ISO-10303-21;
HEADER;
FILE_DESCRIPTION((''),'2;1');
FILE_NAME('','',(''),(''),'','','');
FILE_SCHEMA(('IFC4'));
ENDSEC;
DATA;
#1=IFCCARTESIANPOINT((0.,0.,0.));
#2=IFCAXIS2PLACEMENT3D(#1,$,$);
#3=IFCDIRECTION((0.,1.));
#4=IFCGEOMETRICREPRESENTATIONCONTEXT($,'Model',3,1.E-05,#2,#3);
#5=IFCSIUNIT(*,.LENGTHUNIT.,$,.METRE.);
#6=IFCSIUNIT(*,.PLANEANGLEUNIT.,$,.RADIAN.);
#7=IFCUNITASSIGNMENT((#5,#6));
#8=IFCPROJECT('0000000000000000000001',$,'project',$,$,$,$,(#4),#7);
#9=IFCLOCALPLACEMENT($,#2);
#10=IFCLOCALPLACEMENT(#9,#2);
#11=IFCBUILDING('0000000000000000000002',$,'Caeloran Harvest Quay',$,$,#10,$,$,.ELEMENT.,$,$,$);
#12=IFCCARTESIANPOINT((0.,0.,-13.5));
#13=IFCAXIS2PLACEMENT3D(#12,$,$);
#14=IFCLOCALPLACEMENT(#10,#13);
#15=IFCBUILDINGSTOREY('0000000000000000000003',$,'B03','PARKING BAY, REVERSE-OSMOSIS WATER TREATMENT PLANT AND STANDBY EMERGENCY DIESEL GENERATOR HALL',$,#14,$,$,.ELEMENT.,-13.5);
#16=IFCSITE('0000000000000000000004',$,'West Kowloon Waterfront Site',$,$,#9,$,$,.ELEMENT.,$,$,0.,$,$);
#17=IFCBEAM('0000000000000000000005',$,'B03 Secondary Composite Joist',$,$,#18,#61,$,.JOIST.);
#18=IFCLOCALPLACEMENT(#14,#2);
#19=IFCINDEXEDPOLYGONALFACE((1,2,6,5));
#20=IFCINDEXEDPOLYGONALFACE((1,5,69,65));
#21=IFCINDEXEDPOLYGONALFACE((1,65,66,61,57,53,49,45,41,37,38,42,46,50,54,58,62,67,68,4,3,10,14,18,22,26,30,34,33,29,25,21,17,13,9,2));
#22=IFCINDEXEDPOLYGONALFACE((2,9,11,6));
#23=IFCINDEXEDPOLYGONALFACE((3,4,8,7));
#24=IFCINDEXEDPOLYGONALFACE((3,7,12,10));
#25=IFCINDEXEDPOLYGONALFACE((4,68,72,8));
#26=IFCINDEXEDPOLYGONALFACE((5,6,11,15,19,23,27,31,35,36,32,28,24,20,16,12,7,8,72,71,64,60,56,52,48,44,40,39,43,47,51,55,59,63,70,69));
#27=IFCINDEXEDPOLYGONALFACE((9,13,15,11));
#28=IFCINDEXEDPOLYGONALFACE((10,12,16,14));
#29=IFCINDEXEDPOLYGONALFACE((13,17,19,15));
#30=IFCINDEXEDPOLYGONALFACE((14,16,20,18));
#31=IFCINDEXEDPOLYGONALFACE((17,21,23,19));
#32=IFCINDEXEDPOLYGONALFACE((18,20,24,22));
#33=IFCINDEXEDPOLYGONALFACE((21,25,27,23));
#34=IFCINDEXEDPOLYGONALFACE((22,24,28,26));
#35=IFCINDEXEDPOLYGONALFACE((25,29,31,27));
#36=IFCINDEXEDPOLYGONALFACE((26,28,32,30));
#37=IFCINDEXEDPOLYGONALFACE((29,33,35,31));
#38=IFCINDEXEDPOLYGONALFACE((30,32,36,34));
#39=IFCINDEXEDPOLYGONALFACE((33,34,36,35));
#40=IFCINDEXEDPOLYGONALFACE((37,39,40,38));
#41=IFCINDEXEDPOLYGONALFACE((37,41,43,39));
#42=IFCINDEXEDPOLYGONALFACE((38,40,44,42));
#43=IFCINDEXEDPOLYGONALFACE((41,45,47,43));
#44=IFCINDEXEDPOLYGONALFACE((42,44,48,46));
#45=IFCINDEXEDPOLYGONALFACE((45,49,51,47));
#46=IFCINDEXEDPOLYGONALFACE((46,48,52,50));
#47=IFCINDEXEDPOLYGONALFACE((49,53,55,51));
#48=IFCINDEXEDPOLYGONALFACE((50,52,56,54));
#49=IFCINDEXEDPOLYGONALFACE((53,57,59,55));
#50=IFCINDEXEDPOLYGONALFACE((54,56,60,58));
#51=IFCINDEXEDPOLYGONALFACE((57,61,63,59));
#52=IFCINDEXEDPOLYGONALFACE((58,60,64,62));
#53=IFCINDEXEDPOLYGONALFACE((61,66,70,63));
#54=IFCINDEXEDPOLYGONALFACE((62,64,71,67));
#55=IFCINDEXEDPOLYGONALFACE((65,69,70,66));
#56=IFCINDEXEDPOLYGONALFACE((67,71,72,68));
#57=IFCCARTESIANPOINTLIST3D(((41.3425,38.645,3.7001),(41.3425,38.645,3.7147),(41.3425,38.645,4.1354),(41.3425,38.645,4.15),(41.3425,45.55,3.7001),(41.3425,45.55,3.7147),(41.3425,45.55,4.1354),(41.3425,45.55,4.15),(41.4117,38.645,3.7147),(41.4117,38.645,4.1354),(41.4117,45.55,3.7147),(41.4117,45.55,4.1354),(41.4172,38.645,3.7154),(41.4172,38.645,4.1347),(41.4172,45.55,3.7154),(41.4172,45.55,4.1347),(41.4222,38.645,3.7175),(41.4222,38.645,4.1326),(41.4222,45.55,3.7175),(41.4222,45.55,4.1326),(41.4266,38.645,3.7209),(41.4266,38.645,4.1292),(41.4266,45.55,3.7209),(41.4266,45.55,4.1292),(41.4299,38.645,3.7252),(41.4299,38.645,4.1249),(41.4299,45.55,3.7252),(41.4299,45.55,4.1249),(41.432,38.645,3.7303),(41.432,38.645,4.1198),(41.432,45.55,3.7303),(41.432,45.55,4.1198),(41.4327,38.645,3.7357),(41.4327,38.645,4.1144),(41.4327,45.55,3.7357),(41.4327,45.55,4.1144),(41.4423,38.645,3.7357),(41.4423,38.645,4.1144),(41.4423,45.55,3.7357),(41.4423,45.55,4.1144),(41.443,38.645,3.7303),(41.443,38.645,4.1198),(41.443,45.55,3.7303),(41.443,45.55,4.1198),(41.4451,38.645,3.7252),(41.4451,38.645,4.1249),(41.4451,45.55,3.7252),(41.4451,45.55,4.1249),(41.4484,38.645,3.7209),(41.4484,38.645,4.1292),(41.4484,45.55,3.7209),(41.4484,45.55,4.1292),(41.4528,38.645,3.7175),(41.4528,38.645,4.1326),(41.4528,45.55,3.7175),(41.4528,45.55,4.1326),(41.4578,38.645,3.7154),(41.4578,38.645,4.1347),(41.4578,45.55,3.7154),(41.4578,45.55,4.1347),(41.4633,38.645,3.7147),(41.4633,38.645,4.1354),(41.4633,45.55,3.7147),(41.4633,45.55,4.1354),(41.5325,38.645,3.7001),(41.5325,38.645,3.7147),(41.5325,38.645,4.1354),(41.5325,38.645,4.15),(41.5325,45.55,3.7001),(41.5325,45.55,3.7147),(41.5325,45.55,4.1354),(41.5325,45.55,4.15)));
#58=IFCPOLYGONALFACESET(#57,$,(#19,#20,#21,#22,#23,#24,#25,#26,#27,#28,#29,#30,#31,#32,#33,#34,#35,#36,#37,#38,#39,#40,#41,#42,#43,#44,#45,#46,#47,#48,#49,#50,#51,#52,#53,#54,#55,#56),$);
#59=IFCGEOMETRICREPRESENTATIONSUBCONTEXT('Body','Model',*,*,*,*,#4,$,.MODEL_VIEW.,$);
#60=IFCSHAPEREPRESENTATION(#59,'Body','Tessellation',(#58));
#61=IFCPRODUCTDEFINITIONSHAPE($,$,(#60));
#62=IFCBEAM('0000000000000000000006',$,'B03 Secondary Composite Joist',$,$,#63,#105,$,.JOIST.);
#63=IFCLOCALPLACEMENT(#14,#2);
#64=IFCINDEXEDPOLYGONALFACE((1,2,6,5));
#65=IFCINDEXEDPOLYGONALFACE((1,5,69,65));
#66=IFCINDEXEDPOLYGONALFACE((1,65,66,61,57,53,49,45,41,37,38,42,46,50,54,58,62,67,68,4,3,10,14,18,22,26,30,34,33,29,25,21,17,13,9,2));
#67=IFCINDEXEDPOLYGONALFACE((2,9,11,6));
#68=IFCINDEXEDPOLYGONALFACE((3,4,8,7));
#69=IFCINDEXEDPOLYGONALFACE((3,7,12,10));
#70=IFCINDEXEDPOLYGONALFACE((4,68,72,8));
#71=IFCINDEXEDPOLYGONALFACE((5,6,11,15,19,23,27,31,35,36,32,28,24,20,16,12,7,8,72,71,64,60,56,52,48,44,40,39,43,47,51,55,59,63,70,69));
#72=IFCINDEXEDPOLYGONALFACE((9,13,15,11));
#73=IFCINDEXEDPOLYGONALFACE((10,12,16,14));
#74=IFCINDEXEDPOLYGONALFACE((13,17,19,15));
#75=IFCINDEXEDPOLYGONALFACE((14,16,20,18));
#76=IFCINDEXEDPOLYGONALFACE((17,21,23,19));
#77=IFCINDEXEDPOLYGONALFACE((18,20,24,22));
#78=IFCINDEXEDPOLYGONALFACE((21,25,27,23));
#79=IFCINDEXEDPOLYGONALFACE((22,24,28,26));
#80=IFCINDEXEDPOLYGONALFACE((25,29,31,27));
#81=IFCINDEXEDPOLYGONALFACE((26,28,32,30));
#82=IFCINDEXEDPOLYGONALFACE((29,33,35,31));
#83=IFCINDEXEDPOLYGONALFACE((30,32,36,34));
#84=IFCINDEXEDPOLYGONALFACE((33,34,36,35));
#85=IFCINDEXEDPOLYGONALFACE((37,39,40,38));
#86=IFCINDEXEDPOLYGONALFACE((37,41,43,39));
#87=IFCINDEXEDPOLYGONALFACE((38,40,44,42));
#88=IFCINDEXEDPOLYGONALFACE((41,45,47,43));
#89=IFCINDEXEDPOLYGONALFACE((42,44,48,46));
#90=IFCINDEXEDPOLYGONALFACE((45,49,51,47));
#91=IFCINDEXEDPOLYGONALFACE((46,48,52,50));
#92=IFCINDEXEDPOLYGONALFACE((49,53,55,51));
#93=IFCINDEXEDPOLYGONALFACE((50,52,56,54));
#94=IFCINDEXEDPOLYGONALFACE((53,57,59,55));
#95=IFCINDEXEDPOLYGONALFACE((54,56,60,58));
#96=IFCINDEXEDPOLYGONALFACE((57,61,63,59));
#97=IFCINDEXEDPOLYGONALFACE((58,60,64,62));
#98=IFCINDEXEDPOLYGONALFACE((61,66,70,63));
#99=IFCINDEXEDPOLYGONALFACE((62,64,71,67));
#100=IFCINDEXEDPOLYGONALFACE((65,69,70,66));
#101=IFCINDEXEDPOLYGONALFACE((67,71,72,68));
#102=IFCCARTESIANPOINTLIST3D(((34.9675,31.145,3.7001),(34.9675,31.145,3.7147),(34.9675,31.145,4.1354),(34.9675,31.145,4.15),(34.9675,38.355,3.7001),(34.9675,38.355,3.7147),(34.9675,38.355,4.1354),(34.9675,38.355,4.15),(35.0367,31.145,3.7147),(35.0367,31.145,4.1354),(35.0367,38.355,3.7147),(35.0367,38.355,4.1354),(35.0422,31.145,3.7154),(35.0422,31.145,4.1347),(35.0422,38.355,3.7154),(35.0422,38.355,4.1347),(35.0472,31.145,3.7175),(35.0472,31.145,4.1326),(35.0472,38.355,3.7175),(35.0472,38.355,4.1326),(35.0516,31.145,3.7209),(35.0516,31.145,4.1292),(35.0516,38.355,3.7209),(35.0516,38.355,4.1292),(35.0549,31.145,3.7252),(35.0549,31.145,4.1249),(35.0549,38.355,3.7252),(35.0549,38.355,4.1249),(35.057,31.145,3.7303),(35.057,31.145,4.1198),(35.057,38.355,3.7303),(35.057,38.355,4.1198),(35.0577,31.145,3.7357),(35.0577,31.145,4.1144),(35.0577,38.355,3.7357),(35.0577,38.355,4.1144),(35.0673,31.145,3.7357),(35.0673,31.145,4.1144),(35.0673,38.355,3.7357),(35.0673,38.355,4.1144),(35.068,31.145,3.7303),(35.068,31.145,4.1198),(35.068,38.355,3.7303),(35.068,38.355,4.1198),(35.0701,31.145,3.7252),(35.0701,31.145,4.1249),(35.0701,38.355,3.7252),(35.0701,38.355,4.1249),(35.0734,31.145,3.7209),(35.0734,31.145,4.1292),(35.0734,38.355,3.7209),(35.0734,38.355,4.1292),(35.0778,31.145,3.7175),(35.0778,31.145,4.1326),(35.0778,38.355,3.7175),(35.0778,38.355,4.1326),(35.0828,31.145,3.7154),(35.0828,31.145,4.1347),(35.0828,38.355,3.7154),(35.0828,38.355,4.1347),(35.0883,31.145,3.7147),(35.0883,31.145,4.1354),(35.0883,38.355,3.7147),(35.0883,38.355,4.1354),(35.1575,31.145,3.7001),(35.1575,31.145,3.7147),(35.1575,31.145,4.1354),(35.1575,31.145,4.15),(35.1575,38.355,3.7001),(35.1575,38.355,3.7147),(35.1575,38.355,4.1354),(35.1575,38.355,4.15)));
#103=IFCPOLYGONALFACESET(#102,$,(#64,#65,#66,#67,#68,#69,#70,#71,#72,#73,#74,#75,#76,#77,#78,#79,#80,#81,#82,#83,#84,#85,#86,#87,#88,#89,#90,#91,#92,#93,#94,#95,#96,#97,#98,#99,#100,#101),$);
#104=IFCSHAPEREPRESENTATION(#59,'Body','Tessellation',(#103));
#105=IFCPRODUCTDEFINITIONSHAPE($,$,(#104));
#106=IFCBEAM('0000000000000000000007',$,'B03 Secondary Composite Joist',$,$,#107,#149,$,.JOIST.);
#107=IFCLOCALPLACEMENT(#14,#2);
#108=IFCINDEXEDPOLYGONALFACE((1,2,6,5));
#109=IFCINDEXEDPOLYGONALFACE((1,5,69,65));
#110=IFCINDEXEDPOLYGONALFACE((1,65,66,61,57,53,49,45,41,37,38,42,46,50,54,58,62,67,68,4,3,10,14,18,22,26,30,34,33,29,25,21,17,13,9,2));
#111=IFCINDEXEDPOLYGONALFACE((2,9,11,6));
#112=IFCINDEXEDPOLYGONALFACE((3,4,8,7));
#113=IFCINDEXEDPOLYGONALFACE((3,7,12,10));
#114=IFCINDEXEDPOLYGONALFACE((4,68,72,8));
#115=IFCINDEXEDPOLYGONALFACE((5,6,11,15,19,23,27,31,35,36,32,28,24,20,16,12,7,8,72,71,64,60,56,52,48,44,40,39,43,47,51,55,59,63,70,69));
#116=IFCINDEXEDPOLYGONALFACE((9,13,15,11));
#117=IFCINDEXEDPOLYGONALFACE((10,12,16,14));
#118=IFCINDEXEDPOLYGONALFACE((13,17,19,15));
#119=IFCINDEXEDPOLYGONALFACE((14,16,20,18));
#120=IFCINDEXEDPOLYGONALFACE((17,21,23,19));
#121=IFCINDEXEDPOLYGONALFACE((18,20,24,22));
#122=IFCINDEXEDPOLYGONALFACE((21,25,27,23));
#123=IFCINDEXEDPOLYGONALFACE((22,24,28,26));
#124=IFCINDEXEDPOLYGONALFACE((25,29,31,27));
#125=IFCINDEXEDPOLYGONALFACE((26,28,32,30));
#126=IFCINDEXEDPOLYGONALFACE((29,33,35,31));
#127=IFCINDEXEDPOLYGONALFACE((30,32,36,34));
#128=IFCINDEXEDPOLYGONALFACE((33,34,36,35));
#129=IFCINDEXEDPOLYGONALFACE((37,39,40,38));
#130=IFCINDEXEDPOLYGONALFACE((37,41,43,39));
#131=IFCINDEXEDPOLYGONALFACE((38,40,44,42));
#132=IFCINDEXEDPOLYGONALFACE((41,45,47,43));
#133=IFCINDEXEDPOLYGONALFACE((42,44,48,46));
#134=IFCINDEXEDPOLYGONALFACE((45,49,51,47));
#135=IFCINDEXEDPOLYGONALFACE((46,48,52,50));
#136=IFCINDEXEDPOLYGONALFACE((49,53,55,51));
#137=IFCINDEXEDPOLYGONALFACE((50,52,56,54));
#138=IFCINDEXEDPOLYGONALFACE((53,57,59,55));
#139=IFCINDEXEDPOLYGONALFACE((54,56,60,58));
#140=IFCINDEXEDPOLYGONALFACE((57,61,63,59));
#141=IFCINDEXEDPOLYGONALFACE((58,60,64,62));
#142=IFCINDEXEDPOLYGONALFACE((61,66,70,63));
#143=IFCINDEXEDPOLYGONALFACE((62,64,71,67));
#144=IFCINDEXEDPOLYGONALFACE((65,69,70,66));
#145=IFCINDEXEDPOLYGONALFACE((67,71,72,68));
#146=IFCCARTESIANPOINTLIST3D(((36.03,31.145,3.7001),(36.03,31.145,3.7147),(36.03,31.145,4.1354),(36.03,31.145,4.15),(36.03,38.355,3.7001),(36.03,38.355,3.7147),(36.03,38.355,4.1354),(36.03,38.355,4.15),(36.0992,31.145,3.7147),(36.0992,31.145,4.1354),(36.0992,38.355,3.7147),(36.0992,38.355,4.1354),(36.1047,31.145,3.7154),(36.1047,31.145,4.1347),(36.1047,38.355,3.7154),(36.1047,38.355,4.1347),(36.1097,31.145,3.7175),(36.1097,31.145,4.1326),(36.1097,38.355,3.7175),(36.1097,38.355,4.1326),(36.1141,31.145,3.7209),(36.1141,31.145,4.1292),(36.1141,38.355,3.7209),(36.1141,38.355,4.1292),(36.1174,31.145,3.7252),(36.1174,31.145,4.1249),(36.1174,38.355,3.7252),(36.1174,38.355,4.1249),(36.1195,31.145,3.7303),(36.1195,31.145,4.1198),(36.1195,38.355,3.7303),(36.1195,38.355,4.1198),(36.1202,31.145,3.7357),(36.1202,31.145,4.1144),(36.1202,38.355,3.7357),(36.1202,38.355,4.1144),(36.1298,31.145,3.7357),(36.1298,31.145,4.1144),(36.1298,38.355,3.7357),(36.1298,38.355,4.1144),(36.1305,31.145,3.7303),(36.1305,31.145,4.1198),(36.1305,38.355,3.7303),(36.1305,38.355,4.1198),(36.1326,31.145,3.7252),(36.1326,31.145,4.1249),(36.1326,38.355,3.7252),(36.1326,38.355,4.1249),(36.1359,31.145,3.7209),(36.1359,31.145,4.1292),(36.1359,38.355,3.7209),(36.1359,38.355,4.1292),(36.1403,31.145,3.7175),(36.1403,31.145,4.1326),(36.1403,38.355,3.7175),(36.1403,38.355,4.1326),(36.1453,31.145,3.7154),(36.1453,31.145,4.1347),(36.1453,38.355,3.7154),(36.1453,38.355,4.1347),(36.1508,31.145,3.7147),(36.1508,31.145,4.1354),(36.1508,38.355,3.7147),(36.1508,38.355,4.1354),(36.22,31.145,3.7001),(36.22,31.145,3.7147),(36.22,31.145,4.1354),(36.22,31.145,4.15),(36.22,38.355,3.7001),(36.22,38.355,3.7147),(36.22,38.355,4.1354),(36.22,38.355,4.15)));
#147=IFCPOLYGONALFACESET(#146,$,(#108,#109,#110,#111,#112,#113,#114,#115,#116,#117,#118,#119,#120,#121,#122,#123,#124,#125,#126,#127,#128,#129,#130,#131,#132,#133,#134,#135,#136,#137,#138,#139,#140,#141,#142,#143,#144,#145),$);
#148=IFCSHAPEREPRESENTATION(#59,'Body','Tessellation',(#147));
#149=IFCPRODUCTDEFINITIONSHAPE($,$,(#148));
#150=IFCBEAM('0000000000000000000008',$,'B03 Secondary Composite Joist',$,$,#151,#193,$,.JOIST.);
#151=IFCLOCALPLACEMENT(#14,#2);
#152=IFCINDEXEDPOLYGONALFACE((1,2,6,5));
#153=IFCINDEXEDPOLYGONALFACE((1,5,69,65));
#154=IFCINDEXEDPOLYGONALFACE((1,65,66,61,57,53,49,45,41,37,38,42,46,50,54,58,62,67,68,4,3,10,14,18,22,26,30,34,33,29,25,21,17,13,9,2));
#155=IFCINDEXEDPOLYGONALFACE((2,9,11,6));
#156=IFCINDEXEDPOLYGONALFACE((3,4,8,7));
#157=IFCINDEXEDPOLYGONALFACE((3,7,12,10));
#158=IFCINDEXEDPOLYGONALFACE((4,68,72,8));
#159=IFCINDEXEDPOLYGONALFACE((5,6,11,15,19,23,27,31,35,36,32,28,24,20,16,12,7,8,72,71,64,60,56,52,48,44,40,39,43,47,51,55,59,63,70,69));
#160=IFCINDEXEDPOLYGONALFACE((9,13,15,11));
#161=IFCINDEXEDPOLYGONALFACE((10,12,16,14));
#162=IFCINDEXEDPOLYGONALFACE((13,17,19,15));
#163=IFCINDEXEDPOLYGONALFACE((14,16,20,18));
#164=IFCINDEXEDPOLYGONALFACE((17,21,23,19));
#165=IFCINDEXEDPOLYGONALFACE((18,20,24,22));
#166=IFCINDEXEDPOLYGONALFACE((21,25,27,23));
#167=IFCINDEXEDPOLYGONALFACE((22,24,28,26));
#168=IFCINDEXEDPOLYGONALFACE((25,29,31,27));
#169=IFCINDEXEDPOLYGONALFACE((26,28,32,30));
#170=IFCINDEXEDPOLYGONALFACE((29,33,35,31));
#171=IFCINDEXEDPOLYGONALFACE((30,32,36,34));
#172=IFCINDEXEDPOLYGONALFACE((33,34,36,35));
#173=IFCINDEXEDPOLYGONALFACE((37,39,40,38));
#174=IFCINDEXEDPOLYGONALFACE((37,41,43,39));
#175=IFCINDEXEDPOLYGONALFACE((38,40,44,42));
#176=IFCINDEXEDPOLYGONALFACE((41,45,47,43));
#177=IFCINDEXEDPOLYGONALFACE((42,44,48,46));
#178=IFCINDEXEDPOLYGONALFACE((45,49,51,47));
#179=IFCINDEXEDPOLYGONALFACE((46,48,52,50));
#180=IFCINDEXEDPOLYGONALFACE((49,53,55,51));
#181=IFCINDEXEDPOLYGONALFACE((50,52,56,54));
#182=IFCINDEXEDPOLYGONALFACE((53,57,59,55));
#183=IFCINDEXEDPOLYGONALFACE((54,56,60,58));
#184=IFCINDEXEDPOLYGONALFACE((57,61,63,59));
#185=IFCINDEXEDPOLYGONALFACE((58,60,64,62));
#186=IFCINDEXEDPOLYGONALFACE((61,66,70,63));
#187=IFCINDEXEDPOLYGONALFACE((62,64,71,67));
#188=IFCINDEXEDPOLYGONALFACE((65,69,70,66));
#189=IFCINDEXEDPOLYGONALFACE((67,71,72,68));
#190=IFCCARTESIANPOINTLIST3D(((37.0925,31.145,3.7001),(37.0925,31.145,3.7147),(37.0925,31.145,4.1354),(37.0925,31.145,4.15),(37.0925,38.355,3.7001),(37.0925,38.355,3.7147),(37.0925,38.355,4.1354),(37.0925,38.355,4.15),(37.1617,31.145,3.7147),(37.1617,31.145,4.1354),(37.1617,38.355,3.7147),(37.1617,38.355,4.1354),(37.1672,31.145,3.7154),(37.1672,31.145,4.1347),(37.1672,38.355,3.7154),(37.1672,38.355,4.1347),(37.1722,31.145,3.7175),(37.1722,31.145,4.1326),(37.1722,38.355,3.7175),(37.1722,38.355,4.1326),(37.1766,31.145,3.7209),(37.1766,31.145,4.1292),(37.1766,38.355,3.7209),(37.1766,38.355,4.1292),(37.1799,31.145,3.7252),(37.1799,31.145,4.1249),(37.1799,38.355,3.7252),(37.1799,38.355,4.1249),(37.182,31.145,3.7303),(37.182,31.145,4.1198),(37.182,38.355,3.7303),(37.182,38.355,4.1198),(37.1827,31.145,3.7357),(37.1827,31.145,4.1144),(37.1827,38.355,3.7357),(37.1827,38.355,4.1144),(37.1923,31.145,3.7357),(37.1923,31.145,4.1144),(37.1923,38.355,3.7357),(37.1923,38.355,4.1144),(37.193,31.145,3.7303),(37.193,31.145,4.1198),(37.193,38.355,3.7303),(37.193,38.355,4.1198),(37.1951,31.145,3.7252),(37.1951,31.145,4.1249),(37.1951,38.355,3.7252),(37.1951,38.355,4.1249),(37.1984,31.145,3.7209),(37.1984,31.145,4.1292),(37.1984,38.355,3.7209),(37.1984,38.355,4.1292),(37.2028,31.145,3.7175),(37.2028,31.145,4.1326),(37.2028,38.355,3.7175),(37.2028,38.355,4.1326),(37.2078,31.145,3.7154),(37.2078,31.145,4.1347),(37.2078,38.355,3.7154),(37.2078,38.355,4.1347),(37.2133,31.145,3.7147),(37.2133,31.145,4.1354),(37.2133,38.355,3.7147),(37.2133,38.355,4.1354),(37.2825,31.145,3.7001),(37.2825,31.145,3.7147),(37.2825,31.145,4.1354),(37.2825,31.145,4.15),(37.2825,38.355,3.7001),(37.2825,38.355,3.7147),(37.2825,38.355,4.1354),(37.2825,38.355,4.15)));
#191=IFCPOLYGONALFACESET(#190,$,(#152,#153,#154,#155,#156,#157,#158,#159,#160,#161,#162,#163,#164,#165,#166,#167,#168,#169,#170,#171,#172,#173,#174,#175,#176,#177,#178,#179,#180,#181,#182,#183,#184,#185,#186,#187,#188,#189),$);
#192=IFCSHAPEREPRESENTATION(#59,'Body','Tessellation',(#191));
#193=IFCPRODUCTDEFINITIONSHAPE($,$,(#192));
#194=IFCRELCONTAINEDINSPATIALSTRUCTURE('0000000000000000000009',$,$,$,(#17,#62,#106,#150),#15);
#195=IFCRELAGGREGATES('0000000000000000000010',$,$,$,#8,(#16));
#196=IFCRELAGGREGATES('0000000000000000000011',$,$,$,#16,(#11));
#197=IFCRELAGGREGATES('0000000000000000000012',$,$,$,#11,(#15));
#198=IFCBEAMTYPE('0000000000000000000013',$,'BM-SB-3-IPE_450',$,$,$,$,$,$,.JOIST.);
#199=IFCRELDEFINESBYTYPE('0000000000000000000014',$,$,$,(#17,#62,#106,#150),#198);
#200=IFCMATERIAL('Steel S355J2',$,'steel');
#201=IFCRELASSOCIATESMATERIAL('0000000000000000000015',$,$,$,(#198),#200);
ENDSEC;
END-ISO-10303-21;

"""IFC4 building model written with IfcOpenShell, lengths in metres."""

from ifc_helpers import new_model, si_unit, direction, frame, origin, origin_2d, place, context, subcontext, project, spatial, i_section, extrude, material, material_profile, profile_set, type_object, element, save


model = new_model("IFC4")

# Units and contexts
model_context = context("Model", 3, precision=1e-05, world=origin(), true_north=direction((0.0, 1.0)))
body_context = subcontext(model_context, "Body", "Model", "MODEL_VIEW")
ifc_project = project(units=[si_unit("LENGTHUNIT", "METRE"), si_unit("PLANEANGLEUNIT", "RADIAN")], contexts=[model_context])

# Site, building, storey
site_placement = place(None, origin())
site = spatial("IfcSite", under=ifc_project, at=site_placement, Name="West Kowloon Waterfront Site", CompositionType="ELEMENT", RefElevation=0.0)
building_placement = place(site_placement, origin())
building = spatial("IfcBuilding", under=site, at=building_placement, Name="Caeloran Harvest Quay", CompositionType="ELEMENT")
storey_placement = place(building_placement, frame((0.0, 0.0, -13.5)))
storey = spatial("IfcBuildingStorey", under=building, at=storey_placement, Name="B03", Description="PARKING BAY, REVERSE-OSMOSIS WATER TREATMENT PLANT AND STANDBY EMERGENCY DIESEL GENERATOR HALL", CompositionType="ELEMENT", Elevation=-13.5)

# Beams
ifc_material = material(Name="Steel S355J2", Category="steel")
ifc_material_profile_1 = material_profile(ifc_material, i_section(OverallWidth=0.1899, OverallDepth=0.45, WebThickness=0.0095, FlangeThickness=0.0146, FilletRadius=0.021, at=origin_2d()), Name="IPE 450")
ifc_profile_set_1 = profile_set([ifc_material_profile_1], Name="Steel S355J2")
beam_type_1 = type_object("IfcBeamType", Name="BM-SB-3-IPE_450", PredefinedType="JOIST", material=ifc_profile_set_1)
for number, where, z_axis, x_axis, name in (
    (1, (41.4375, 38.645, 3.925), (0.0, 1.0, 0.0), (-1.0, 0.0, 0.0), "B03 Secondary Composite Joist"),
):
    element("IfcBeam", number, at=place(storey_placement, frame(where, z_axis=z_axis, x_axis=x_axis)), inside=storey, type_object=beam_type_1, Name=name, PredefinedType="JOIST", context=body_context, shape_type="SweptSolid", body=[
        extrude(i_section(OverallWidth=0.1899, OverallDepth=0.45, WebThickness=0.0095, FlangeThickness=0.0146, FilletRadius=0.021, at=origin_2d()), origin(), (0.0, 0.0, 1.0), 6.905),
    ])
for number, where, z_axis, x_axis, name in (
    (2, (35.0625, 31.145, 3.925), (0.0, 1.0, 0.0), (-1.0, 0.0, 0.0), "B03 Secondary Composite Joist"),
    (3, (36.125, 31.145, 3.925), (0.0, 1.0, 0.0), (-1.0, 0.0, 0.0), "B03 Secondary Composite Joist"),
    (4, (37.1875, 31.145, 3.925), (0.0, 1.0, 0.0), (-1.0, 0.0, 0.0), "B03 Secondary Composite Joist"),
):
    element("IfcBeam", number, at=place(storey_placement, frame(where, z_axis=z_axis, x_axis=x_axis)), inside=storey, type_object=beam_type_1, Name=name, PredefinedType="JOIST", context=body_context, shape_type="SweptSolid", body=[
        extrude(i_section(OverallWidth=0.1899, OverallDepth=0.45, WebThickness=0.0095, FlangeThickness=0.0146, FilletRadius=0.021, at=origin_2d()), origin(), (0.0, 0.0, 1.0), 7.21),
    ])

save(model, "model.ifc")
